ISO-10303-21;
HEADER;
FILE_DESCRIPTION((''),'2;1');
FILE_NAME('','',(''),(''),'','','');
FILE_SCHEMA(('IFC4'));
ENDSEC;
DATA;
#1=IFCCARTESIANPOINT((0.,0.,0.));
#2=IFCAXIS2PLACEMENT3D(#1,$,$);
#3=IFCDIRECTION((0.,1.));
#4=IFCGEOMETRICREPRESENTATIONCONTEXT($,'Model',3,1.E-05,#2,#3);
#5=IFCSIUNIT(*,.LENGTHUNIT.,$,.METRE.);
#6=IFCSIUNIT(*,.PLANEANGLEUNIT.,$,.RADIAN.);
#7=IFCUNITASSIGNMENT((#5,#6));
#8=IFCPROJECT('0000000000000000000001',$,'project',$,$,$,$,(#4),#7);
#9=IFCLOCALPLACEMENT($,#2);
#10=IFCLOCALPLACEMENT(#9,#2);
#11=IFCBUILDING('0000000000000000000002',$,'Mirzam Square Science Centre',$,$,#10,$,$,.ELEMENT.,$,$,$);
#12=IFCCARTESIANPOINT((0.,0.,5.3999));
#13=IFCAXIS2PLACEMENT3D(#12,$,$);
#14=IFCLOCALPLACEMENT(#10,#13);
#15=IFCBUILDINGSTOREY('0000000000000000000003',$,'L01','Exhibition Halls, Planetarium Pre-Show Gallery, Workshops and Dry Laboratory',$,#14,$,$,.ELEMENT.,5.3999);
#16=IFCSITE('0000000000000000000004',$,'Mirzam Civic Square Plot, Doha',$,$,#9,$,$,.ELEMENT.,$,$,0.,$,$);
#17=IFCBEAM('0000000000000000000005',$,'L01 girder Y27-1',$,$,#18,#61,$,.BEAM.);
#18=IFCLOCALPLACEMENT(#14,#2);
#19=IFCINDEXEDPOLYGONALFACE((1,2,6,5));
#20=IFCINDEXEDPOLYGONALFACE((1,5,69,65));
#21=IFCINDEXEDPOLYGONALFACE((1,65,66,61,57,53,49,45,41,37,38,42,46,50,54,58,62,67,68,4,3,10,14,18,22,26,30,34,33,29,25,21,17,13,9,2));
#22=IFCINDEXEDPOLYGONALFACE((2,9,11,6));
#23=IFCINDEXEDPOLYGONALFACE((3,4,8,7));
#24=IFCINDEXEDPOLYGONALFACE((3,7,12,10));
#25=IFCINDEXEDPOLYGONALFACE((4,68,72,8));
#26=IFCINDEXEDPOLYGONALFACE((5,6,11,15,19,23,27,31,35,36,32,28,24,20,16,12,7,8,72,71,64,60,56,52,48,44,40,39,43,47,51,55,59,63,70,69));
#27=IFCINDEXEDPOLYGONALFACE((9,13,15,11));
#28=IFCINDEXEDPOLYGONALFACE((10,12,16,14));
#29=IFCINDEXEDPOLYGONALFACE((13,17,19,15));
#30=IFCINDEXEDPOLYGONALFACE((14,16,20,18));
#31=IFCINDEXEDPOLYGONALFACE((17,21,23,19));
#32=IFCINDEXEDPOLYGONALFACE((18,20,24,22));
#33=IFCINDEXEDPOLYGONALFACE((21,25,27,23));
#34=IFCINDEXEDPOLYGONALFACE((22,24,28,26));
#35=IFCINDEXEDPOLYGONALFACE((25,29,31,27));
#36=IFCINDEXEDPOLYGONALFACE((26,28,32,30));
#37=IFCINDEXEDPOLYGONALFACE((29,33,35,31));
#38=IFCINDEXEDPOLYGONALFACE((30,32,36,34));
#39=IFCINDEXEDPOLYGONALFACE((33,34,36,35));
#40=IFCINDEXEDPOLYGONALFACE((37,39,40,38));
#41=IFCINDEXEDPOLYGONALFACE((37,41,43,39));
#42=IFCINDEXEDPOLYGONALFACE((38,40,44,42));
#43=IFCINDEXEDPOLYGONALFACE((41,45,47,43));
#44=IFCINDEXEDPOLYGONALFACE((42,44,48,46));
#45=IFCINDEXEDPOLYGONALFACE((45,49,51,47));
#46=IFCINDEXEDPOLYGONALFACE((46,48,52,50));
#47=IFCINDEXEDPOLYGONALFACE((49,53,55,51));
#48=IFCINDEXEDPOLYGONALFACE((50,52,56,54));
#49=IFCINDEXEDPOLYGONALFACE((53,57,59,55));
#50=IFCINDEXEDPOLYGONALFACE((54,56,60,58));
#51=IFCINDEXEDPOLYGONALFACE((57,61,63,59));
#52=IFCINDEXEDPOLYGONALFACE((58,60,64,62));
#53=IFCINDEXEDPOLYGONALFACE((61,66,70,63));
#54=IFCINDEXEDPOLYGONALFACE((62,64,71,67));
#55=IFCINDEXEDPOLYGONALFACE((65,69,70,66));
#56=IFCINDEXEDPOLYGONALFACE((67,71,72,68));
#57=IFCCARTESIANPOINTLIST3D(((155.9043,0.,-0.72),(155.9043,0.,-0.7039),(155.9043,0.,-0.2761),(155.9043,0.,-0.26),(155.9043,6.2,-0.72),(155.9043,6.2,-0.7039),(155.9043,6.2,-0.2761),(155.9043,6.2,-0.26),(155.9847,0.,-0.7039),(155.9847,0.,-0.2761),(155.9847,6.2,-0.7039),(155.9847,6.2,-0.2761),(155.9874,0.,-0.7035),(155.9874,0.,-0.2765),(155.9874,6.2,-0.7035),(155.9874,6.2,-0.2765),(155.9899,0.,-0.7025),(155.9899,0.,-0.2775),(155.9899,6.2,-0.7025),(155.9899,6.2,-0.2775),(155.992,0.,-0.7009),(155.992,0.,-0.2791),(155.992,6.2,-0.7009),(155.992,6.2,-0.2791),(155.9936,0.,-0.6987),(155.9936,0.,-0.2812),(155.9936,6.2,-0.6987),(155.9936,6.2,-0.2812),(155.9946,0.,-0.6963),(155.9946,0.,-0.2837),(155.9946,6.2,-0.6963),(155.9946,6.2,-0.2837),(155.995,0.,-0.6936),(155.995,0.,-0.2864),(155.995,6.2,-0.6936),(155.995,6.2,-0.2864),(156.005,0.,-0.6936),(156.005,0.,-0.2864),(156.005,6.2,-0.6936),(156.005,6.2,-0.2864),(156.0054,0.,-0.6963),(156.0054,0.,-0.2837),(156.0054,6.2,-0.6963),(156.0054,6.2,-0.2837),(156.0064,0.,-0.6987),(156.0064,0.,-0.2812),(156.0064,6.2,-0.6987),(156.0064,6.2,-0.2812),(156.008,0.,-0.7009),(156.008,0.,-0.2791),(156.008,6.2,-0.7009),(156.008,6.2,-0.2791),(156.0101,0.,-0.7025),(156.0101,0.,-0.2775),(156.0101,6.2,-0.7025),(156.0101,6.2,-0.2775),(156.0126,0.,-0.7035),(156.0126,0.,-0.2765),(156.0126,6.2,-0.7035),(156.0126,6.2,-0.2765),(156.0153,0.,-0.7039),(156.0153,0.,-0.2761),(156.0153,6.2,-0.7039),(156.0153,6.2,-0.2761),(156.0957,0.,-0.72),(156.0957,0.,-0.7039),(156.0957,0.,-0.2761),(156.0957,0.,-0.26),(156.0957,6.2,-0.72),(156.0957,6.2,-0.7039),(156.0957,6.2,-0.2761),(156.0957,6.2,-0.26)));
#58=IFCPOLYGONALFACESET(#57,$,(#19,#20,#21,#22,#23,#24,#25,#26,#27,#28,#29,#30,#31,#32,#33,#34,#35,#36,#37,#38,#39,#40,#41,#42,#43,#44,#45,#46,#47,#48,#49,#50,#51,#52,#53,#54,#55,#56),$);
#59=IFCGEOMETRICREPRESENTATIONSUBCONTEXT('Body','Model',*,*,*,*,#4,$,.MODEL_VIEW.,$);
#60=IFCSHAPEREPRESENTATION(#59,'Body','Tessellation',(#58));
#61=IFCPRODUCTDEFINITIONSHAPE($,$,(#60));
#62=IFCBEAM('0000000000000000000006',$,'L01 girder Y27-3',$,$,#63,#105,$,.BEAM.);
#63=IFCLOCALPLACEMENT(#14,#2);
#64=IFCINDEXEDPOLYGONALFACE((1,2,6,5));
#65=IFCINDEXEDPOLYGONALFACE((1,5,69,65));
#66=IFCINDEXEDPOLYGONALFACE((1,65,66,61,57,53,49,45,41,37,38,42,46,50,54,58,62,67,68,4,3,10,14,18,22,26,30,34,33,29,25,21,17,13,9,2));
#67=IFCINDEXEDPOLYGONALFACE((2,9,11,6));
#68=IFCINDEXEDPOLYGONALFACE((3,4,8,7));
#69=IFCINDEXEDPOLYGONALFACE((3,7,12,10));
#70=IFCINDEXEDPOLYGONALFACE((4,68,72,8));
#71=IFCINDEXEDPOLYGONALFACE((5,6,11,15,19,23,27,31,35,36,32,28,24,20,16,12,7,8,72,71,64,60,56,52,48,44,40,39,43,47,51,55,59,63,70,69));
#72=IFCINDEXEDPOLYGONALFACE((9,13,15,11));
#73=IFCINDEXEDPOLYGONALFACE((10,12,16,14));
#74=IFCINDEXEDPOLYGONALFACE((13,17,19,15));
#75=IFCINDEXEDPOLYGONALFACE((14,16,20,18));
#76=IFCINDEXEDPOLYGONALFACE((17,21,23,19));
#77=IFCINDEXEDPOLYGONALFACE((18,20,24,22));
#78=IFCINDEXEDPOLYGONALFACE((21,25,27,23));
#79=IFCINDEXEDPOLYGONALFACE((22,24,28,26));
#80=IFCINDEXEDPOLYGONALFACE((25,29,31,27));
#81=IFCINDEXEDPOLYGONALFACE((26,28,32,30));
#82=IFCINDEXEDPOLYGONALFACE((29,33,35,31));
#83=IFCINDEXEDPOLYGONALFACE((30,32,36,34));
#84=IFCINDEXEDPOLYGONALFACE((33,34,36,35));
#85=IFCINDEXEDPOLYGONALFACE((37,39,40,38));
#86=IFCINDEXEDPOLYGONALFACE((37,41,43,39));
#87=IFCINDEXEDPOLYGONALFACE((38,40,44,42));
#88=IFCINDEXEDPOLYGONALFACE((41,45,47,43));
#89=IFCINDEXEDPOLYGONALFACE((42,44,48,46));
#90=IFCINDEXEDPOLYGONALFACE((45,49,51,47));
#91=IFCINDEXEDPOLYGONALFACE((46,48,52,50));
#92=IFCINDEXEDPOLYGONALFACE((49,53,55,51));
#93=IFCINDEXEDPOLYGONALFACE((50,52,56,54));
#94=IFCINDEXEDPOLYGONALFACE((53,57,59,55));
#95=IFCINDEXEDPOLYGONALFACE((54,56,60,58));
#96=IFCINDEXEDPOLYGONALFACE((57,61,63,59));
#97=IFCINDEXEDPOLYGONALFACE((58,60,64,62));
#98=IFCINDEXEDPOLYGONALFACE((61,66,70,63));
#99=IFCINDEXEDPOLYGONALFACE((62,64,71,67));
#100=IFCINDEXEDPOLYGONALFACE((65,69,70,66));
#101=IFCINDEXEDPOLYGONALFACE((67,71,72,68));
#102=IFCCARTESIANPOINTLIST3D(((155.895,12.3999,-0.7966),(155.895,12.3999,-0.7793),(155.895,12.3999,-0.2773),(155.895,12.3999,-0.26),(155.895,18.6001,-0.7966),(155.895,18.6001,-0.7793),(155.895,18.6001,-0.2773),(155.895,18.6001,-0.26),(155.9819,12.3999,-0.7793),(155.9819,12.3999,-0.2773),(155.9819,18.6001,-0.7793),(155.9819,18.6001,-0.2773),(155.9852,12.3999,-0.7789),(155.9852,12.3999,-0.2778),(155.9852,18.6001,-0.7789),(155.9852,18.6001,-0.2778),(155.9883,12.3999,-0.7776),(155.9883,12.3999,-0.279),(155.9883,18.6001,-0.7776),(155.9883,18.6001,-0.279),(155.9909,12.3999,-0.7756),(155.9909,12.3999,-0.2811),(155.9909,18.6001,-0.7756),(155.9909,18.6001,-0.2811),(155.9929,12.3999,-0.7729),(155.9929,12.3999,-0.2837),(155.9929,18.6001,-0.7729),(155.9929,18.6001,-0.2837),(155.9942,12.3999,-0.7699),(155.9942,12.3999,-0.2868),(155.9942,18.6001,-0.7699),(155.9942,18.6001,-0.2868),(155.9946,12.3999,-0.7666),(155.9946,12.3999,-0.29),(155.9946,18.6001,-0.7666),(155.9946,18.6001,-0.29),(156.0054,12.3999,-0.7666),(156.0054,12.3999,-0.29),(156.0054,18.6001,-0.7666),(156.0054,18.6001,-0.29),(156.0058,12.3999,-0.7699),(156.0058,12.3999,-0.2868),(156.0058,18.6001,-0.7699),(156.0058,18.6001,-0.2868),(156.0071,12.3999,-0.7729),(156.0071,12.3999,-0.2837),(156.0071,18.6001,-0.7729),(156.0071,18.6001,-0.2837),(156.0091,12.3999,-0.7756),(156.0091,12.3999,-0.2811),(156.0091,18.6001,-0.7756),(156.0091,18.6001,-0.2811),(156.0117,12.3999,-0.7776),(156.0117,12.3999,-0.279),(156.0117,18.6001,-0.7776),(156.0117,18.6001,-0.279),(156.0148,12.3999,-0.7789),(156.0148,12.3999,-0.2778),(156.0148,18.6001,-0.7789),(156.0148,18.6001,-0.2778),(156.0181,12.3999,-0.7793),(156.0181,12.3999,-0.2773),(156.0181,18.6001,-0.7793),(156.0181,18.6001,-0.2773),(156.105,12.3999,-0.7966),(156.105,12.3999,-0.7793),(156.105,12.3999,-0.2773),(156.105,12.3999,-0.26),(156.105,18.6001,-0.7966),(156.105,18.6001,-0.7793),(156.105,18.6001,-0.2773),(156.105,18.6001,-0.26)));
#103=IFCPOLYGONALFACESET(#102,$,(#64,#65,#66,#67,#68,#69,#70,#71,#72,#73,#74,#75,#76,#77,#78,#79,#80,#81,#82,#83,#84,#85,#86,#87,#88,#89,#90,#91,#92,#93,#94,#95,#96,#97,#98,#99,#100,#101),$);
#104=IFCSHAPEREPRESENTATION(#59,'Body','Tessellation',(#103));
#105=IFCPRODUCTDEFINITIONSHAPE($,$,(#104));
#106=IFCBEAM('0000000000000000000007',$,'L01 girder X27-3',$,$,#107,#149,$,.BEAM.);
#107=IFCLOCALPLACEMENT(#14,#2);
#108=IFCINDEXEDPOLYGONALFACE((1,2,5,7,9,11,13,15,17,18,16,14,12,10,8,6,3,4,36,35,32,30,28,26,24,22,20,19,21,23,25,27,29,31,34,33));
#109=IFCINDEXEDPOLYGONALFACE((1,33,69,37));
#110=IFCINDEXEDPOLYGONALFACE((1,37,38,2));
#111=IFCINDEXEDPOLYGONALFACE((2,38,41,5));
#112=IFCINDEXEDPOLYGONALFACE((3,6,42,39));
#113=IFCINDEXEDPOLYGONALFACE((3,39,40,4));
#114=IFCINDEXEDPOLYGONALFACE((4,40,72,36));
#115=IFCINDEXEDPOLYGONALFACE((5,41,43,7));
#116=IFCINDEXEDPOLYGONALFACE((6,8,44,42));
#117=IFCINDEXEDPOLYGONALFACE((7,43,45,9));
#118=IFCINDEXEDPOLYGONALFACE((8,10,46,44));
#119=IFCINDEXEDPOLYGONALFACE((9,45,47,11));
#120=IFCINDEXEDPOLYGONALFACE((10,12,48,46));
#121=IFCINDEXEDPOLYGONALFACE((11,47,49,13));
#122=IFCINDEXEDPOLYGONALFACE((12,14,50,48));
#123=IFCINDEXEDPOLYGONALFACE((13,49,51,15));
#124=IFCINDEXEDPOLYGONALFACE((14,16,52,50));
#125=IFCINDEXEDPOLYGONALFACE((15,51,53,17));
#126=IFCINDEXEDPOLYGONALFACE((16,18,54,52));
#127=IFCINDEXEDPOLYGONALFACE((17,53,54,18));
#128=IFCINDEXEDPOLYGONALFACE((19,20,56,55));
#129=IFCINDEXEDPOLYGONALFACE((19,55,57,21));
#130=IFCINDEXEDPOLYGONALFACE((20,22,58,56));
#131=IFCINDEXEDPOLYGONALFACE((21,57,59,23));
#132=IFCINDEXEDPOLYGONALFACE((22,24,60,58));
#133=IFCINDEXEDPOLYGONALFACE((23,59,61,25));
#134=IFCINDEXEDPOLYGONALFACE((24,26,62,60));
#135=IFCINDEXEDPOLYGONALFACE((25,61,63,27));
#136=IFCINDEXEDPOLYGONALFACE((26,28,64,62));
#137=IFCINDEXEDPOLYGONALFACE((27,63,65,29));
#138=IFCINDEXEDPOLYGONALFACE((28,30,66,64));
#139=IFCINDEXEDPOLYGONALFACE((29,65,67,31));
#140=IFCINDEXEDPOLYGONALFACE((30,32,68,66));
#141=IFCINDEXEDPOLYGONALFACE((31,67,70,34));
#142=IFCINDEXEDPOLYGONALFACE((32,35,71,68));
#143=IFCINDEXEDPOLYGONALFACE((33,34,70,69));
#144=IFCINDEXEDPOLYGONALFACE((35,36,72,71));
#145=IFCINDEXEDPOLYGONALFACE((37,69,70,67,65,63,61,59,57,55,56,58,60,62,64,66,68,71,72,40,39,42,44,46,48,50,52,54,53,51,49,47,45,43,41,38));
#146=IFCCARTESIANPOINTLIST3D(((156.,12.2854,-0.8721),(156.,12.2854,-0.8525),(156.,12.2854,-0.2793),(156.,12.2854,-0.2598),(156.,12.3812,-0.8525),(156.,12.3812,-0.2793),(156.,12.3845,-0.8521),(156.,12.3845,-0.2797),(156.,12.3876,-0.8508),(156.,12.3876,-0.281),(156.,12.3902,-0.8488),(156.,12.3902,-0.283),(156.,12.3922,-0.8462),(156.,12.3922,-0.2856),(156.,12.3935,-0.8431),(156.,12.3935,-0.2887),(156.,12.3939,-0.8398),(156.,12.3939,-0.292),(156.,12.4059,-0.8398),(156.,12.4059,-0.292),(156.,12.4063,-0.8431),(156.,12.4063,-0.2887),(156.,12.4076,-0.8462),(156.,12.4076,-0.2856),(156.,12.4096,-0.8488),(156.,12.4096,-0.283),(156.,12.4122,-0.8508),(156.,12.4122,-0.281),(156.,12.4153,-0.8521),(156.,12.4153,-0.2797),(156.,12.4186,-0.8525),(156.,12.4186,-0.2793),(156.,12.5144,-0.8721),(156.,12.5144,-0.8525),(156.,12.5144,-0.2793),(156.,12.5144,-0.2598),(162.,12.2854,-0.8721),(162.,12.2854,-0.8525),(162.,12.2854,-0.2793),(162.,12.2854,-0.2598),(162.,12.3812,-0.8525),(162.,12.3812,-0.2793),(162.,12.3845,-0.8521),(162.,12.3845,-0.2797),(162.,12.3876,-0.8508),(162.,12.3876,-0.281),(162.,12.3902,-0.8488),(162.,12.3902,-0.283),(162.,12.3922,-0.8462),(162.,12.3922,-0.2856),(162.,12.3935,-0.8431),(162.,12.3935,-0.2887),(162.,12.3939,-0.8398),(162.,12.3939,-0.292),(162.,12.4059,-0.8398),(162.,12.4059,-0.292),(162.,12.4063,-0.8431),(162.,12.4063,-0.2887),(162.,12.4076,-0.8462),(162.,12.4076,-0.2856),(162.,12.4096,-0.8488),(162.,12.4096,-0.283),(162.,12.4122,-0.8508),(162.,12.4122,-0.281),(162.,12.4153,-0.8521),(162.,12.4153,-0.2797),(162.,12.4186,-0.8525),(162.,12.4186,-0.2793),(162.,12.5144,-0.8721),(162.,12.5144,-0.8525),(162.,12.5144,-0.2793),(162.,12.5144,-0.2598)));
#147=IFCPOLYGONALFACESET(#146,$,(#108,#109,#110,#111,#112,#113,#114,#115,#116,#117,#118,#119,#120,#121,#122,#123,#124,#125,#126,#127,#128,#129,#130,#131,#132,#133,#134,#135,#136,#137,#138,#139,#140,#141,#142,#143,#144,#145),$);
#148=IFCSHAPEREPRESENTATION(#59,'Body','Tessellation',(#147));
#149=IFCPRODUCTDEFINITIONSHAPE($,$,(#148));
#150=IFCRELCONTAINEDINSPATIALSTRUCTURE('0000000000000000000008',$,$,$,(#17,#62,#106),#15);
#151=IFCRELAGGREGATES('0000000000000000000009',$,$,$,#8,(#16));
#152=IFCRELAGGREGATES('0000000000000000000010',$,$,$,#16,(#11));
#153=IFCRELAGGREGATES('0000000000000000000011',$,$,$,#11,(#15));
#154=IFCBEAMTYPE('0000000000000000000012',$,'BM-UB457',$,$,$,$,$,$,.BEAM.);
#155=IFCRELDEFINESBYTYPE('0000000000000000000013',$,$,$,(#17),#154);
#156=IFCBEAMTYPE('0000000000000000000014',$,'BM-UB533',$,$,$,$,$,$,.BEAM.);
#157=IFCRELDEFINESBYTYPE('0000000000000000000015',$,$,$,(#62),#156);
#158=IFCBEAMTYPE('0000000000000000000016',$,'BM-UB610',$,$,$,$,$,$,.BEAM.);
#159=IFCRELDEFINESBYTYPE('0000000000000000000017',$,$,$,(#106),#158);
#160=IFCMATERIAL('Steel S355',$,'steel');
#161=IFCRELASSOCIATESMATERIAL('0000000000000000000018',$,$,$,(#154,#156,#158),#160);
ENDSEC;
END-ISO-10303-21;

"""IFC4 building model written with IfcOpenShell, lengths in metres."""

from ifc_helpers import new_model, si_unit, direction, frame, origin, origin_2d, place, context, subcontext, project, spatial, i_section, extrude, material, material_profile, profile_set, type_object, element, save


model = new_model("IFC4")

# Units and contexts
model_context = context("Model", 3, precision=1e-05, world=origin(), true_north=direction((0.0, 1.0)))
body_context = subcontext(model_context, "Body", "Model", "MODEL_VIEW")
ifc_project = project(units=[si_unit("LENGTHUNIT", "METRE"), si_unit("PLANEANGLEUNIT", "RADIAN")], contexts=[model_context])

# Site, building, storey
site_placement = place(None, origin())
site = spatial("IfcSite", under=ifc_project, at=site_placement, Name="Mirzam Civic Square Plot, Doha", CompositionType="ELEMENT", RefElevation=0.0)
building_placement = place(site_placement, origin())
building = spatial("IfcBuilding", under=site, at=building_placement, Name="Mirzam Square Science Centre", CompositionType="ELEMENT")
storey_placement = place(building_placement, frame((0.0, 0.0, 5.3999)))
storey = spatial("IfcBuildingStorey", under=building, at=storey_placement, Name="L01", Description="Exhibition Halls, Planetarium Pre-Show Gallery, Workshops and Dry Laboratory", CompositionType="ELEMENT", Elevation=5.3999)

# Shared definitions
ifc_material_1 = material(Name="Steel S355", Category="steel")

# Beams
ifc_material_profile_1 = material_profile(ifc_material_1, i_section(OverallWidth=0.1914, OverallDepth=0.46, WebThickness=0.01, FlangeThickness=0.0161, FilletRadius=0.0103, at=origin_2d()), Name="457x191x82UB")
ifc_profile_set_1 = profile_set([ifc_material_profile_1], Name="Steel S355")
beam_type_1 = type_object("IfcBeamType", Name="BM-UB457", PredefinedType="BEAM", material=ifc_profile_set_1)
beam_1_placement = place(storey_placement, frame((156.0, 0.0, -0.49), z_axis=(0.0, 1.0, 0.0), x_axis=(-1.0, 0.0, 0.0)))
element("IfcBeam", 1, at=beam_1_placement, inside=storey, type_object=beam_type_1, Name="L01 girder Y27-1", PredefinedType="BEAM", context=body_context, shape_type="SweptSolid", body=[
    extrude(i_section(OverallWidth=0.1914, OverallDepth=0.46, WebThickness=0.01, FlangeThickness=0.0161, FilletRadius=0.0103, at=origin_2d()), origin(), (0.0, 0.0, 1.0), 6.2),
])
ifc_material_profile_2 = material_profile(ifc_material_1, i_section(OverallWidth=0.21, OverallDepth=0.5366, WebThickness=0.0107, FlangeThickness=0.0173, FilletRadius=0.0127, at=origin_2d()), Name="533x210x101UB")
ifc_profile_set_2 = profile_set([ifc_material_profile_2], Name="Steel S355")
beam_type_2 = type_object("IfcBeamType", Name="BM-UB533", PredefinedType="BEAM", material=ifc_profile_set_2)
beam_2_placement = place(storey_placement, frame((156.0, 12.3999, -0.5283), z_axis=(0.0, 1.0, 0.0), x_axis=(-1.0, 0.0, 0.0)))
element("IfcBeam", 2, at=beam_2_placement, inside=storey, type_object=beam_type_2, Name="L01 girder Y27-3", PredefinedType="BEAM", context=body_context, shape_type="SweptSolid", body=[
    extrude(i_section(OverallWidth=0.21, OverallDepth=0.5366, WebThickness=0.0107, FlangeThickness=0.0173, FilletRadius=0.0127, at=origin_2d()), origin(), (0.0, 0.0, 1.0), 6.2002),
])
ifc_material_profile_3 = material_profile(ifc_material_1, i_section(OverallWidth=0.229, OverallDepth=0.6123, WebThickness=0.012, FlangeThickness=0.0195, FilletRadius=0.0127, at=origin_2d()), Name="610x229x125UB")
ifc_profile_set_3 = profile_set([ifc_material_profile_3], Name="Steel S355")
beam_type_3 = type_object("IfcBeamType", Name="BM-UB610", PredefinedType="BEAM", material=ifc_profile_set_3)
beam_3_placement = place(storey_placement, frame((156.0, 12.3999, -0.5659), z_axis=(1.0, 0.0, 0.0), x_axis=(0.0, 1.0, 0.0)))
element("IfcBeam", 3, at=beam_3_placement, inside=storey, type_object=beam_type_3, Name="L01 girder X27-3", PredefinedType="BEAM", context=body_context, shape_type="SweptSolid", body=[
    extrude(i_section(OverallWidth=0.229, OverallDepth=0.6123, WebThickness=0.012, FlangeThickness=0.0195, FilletRadius=0.0127, at=origin_2d()), origin(), (0.0, 0.0, 1.0), 6.0),
])

save(model, "model.ifc")
